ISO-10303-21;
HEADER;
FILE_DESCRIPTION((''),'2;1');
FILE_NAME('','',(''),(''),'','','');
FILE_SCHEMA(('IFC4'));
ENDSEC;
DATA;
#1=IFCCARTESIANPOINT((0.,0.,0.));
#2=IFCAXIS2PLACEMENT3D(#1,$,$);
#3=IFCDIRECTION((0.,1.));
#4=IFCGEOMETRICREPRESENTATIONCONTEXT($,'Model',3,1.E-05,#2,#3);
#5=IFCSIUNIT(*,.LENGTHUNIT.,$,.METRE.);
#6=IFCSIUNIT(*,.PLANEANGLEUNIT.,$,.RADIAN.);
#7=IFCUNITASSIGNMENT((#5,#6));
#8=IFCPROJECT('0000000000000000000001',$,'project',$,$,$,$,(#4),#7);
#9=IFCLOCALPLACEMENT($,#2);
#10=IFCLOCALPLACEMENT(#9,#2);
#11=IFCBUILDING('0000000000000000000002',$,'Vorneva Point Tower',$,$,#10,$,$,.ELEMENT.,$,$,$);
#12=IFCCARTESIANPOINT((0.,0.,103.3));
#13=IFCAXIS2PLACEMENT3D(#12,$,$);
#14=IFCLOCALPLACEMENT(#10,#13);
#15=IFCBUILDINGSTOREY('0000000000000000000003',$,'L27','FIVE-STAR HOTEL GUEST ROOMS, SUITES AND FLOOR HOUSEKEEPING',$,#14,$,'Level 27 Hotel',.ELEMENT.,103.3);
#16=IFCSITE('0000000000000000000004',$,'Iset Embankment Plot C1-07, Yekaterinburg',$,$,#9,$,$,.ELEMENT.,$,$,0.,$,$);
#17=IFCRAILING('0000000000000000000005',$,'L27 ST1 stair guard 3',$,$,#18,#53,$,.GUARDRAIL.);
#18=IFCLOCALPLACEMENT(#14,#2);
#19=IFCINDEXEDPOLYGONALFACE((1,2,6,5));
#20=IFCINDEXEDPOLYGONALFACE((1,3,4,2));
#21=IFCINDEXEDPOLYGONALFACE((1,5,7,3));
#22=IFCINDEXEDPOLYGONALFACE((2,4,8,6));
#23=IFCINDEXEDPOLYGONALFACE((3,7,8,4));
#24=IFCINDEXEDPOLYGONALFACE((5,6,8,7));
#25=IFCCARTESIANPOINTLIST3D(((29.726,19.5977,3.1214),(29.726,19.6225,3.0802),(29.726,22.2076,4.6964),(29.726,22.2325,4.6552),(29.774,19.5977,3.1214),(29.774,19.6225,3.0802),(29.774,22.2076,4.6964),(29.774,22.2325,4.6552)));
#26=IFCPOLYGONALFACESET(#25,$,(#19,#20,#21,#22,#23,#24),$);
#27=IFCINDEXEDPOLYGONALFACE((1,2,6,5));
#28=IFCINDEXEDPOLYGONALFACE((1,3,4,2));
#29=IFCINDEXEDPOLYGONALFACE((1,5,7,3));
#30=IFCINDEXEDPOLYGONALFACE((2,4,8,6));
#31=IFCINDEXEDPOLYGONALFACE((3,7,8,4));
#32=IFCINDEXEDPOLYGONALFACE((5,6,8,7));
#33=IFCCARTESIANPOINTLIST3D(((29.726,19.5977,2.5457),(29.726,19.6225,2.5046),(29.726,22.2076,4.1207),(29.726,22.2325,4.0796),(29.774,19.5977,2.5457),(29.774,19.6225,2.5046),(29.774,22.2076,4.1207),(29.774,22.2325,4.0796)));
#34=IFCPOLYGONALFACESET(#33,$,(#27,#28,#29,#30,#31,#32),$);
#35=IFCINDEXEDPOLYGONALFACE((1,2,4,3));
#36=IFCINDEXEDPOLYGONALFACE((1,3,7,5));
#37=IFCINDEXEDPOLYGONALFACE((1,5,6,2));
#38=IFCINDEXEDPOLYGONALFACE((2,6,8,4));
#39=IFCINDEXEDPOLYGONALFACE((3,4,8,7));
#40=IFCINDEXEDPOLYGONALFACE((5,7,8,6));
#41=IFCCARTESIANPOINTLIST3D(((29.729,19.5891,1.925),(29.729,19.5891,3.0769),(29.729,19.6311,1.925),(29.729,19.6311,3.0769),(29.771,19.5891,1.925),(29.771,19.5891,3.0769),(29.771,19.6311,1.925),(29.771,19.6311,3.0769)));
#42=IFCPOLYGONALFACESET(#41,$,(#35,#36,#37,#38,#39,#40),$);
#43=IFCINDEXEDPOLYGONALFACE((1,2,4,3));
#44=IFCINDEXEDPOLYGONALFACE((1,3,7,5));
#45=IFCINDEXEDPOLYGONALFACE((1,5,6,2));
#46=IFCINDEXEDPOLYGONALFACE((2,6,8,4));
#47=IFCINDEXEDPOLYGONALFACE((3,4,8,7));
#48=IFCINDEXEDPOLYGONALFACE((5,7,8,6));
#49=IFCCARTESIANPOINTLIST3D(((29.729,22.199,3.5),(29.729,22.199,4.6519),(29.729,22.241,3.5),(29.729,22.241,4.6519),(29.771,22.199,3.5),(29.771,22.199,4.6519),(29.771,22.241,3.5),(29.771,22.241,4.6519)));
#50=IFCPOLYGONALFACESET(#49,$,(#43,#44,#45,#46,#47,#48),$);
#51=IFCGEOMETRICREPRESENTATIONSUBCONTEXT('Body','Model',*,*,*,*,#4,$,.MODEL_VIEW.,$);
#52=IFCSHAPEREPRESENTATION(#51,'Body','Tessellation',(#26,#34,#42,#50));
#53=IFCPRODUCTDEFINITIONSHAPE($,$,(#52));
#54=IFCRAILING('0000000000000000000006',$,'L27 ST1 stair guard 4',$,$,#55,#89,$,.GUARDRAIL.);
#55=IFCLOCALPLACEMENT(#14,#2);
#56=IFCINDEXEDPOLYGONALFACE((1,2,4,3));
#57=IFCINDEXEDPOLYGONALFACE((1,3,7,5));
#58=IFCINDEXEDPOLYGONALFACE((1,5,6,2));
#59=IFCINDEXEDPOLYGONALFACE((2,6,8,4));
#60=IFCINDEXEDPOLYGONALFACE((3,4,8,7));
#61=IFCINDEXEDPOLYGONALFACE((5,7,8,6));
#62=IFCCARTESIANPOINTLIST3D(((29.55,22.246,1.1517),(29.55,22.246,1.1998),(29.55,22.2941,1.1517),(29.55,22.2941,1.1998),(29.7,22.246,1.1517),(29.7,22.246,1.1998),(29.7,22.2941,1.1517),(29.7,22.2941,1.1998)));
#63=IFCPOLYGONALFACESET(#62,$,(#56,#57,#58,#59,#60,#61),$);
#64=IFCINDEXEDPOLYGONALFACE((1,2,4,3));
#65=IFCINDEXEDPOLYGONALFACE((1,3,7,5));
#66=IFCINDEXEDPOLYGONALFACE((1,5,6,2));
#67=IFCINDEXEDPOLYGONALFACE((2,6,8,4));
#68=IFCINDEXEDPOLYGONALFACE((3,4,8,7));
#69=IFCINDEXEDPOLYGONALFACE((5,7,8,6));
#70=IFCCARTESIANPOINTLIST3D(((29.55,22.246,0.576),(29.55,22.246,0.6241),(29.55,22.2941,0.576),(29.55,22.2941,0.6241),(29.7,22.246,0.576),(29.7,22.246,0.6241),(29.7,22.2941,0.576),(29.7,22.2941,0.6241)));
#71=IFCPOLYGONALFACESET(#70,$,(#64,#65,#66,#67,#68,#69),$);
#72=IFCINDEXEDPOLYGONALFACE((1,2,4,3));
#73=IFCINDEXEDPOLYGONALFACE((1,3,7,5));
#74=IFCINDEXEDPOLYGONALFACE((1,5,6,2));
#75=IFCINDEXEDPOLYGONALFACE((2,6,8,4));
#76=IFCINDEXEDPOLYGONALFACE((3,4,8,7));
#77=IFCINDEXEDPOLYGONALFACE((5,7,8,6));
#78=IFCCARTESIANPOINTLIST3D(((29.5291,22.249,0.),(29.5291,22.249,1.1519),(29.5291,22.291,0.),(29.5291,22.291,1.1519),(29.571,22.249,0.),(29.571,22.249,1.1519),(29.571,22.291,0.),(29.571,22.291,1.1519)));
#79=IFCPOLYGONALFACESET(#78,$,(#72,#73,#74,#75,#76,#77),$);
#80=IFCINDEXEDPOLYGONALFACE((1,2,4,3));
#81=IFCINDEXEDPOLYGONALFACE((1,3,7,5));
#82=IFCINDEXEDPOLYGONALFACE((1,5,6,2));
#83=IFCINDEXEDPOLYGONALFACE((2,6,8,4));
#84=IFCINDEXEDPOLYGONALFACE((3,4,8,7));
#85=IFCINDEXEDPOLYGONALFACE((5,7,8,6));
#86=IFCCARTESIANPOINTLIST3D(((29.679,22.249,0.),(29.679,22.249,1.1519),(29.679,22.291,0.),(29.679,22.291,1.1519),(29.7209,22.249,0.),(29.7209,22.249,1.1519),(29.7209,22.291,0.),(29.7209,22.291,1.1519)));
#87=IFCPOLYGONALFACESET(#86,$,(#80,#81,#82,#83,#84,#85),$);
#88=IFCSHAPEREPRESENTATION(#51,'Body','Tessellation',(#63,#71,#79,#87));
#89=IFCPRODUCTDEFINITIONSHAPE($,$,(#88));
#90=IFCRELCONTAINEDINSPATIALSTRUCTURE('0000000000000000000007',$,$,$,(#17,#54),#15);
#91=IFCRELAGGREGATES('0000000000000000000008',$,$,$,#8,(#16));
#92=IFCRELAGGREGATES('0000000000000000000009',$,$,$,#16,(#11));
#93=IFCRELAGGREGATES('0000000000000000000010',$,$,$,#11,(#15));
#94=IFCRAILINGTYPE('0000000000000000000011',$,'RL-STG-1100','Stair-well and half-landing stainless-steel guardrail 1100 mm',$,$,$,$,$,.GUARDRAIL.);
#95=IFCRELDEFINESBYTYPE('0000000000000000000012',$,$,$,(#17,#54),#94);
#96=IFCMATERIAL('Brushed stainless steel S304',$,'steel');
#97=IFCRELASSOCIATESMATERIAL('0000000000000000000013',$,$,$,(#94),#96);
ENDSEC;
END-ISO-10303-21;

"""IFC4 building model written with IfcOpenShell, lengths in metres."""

from ifc_helpers import new_model, si_unit, direction, frame, origin, origin_2d, place, context, subcontext, project, spatial, rectangle, extrude, material, type_object, element, save


model = new_model("IFC4")

# Units and contexts
model_context = context("Model", 3, precision=1e-05, world=origin(), true_north=direction((0.0, 1.0)))
body_context = subcontext(model_context, "Body", "Model", "MODEL_VIEW")
ifc_project = project(units=[si_unit("LENGTHUNIT", "METRE"), si_unit("PLANEANGLEUNIT", "RADIAN")], contexts=[model_context])

# Site, building, storey
site_placement = place(None, origin())
site = spatial("IfcSite", under=ifc_project, at=site_placement, Name="Iset Embankment Plot C1-07, Yekaterinburg", CompositionType="ELEMENT", RefElevation=0.0)
building_placement = place(site_placement, origin())
building = spatial("IfcBuilding", under=site, at=building_placement, Name="Vorneva Point Tower", CompositionType="ELEMENT")
storey_placement = place(building_placement, frame((0.0, 0.0, 103.3)))
storey = spatial("IfcBuildingStorey", under=building, at=storey_placement, Name="L27", Description="FIVE-STAR HOTEL GUEST ROOMS, SUITES AND FLOOR HOUSEKEEPING", LongName="Level 27 Hotel", CompositionType="ELEMENT", Elevation=103.3)

# Railings
ifc_material_1 = material(Name="Brushed stainless steel S304", Category="steel")
railing_type_1 = type_object("IfcRailingType", Name="RL-STG-1100", Description="Stair-well and half-landing stainless-steel guardrail 1100 mm", PredefinedType="GUARDRAIL", material=ifc_material_1)
railing_1_placement = place(storey_placement, frame((29.75, 19.6101, 1.925)))
element("IfcRailing", 1, at=railing_1_placement, inside=storey, type_object=railing_type_1, Name="L27 ST1 stair guard 3", PredefinedType="GUARDRAIL", context=body_context, shape_type="SweptSolid", body=[
    extrude(rectangle(XDim=0.0481, YDim=0.0481, at=origin_2d()), frame((0.0, 0.0, 1.1758), z_axis=(0.0, 0.856183, 0.516673), x_axis=(-1.0, 0.0, 0.0)), (0.0, 0.0, 1.0), 3.0483),
    extrude(rectangle(XDim=0.0481, YDim=0.0481, at=origin_2d()), frame((0.0, 0.0, 0.6001), z_axis=(0.0, 0.856183, 0.516673), x_axis=(-1.0, 0.0, 0.0)), (0.0, 0.0, 1.0), 3.0483),
    extrude(rectangle(XDim=0.042, YDim=0.042, at=origin_2d()), origin(), (0.0, 0.0, 1.0), 1.1519),
    extrude(rectangle(XDim=0.042, YDim=0.042, at=origin_2d()), frame((0.0, 2.6099, 1.575)), (0.0, 0.0, 1.0), 1.1519),
])
railing_2_placement = place(storey_placement, frame((29.55, 22.27, 0.0)))
element("IfcRailing", 2, at=railing_2_placement, inside=storey, type_object=railing_type_1, Name="L27 ST1 stair guard 4", PredefinedType="GUARDRAIL", context=body_context, shape_type="SweptSolid", body=[
    extrude(rectangle(XDim=0.0481, YDim=0.0481, at=origin_2d()), frame((0.0, 0.0, 1.1758), z_axis=(1.0, 0.0, 0.0), x_axis=(0.0, 1.0, 0.0)), (0.0, 0.0, 1.0), 0.1499),
    extrude(rectangle(XDim=0.0481, YDim=0.0481, at=origin_2d()), frame((0.0, 0.0, 0.6001), z_axis=(1.0, 0.0, 0.0), x_axis=(0.0, 1.0, 0.0)), (0.0, 0.0, 1.0), 0.1499),
    extrude(rectangle(XDim=0.042, YDim=0.042, at=origin_2d()), origin(), (0.0, 0.0, 1.0), 1.1519),
    extrude(rectangle(XDim=0.042, YDim=0.042, at=origin_2d()), frame((0.1499, 0.0, 0.0)), (0.0, 0.0, 1.0), 1.1519),
])

save(model, "model.ifc")
